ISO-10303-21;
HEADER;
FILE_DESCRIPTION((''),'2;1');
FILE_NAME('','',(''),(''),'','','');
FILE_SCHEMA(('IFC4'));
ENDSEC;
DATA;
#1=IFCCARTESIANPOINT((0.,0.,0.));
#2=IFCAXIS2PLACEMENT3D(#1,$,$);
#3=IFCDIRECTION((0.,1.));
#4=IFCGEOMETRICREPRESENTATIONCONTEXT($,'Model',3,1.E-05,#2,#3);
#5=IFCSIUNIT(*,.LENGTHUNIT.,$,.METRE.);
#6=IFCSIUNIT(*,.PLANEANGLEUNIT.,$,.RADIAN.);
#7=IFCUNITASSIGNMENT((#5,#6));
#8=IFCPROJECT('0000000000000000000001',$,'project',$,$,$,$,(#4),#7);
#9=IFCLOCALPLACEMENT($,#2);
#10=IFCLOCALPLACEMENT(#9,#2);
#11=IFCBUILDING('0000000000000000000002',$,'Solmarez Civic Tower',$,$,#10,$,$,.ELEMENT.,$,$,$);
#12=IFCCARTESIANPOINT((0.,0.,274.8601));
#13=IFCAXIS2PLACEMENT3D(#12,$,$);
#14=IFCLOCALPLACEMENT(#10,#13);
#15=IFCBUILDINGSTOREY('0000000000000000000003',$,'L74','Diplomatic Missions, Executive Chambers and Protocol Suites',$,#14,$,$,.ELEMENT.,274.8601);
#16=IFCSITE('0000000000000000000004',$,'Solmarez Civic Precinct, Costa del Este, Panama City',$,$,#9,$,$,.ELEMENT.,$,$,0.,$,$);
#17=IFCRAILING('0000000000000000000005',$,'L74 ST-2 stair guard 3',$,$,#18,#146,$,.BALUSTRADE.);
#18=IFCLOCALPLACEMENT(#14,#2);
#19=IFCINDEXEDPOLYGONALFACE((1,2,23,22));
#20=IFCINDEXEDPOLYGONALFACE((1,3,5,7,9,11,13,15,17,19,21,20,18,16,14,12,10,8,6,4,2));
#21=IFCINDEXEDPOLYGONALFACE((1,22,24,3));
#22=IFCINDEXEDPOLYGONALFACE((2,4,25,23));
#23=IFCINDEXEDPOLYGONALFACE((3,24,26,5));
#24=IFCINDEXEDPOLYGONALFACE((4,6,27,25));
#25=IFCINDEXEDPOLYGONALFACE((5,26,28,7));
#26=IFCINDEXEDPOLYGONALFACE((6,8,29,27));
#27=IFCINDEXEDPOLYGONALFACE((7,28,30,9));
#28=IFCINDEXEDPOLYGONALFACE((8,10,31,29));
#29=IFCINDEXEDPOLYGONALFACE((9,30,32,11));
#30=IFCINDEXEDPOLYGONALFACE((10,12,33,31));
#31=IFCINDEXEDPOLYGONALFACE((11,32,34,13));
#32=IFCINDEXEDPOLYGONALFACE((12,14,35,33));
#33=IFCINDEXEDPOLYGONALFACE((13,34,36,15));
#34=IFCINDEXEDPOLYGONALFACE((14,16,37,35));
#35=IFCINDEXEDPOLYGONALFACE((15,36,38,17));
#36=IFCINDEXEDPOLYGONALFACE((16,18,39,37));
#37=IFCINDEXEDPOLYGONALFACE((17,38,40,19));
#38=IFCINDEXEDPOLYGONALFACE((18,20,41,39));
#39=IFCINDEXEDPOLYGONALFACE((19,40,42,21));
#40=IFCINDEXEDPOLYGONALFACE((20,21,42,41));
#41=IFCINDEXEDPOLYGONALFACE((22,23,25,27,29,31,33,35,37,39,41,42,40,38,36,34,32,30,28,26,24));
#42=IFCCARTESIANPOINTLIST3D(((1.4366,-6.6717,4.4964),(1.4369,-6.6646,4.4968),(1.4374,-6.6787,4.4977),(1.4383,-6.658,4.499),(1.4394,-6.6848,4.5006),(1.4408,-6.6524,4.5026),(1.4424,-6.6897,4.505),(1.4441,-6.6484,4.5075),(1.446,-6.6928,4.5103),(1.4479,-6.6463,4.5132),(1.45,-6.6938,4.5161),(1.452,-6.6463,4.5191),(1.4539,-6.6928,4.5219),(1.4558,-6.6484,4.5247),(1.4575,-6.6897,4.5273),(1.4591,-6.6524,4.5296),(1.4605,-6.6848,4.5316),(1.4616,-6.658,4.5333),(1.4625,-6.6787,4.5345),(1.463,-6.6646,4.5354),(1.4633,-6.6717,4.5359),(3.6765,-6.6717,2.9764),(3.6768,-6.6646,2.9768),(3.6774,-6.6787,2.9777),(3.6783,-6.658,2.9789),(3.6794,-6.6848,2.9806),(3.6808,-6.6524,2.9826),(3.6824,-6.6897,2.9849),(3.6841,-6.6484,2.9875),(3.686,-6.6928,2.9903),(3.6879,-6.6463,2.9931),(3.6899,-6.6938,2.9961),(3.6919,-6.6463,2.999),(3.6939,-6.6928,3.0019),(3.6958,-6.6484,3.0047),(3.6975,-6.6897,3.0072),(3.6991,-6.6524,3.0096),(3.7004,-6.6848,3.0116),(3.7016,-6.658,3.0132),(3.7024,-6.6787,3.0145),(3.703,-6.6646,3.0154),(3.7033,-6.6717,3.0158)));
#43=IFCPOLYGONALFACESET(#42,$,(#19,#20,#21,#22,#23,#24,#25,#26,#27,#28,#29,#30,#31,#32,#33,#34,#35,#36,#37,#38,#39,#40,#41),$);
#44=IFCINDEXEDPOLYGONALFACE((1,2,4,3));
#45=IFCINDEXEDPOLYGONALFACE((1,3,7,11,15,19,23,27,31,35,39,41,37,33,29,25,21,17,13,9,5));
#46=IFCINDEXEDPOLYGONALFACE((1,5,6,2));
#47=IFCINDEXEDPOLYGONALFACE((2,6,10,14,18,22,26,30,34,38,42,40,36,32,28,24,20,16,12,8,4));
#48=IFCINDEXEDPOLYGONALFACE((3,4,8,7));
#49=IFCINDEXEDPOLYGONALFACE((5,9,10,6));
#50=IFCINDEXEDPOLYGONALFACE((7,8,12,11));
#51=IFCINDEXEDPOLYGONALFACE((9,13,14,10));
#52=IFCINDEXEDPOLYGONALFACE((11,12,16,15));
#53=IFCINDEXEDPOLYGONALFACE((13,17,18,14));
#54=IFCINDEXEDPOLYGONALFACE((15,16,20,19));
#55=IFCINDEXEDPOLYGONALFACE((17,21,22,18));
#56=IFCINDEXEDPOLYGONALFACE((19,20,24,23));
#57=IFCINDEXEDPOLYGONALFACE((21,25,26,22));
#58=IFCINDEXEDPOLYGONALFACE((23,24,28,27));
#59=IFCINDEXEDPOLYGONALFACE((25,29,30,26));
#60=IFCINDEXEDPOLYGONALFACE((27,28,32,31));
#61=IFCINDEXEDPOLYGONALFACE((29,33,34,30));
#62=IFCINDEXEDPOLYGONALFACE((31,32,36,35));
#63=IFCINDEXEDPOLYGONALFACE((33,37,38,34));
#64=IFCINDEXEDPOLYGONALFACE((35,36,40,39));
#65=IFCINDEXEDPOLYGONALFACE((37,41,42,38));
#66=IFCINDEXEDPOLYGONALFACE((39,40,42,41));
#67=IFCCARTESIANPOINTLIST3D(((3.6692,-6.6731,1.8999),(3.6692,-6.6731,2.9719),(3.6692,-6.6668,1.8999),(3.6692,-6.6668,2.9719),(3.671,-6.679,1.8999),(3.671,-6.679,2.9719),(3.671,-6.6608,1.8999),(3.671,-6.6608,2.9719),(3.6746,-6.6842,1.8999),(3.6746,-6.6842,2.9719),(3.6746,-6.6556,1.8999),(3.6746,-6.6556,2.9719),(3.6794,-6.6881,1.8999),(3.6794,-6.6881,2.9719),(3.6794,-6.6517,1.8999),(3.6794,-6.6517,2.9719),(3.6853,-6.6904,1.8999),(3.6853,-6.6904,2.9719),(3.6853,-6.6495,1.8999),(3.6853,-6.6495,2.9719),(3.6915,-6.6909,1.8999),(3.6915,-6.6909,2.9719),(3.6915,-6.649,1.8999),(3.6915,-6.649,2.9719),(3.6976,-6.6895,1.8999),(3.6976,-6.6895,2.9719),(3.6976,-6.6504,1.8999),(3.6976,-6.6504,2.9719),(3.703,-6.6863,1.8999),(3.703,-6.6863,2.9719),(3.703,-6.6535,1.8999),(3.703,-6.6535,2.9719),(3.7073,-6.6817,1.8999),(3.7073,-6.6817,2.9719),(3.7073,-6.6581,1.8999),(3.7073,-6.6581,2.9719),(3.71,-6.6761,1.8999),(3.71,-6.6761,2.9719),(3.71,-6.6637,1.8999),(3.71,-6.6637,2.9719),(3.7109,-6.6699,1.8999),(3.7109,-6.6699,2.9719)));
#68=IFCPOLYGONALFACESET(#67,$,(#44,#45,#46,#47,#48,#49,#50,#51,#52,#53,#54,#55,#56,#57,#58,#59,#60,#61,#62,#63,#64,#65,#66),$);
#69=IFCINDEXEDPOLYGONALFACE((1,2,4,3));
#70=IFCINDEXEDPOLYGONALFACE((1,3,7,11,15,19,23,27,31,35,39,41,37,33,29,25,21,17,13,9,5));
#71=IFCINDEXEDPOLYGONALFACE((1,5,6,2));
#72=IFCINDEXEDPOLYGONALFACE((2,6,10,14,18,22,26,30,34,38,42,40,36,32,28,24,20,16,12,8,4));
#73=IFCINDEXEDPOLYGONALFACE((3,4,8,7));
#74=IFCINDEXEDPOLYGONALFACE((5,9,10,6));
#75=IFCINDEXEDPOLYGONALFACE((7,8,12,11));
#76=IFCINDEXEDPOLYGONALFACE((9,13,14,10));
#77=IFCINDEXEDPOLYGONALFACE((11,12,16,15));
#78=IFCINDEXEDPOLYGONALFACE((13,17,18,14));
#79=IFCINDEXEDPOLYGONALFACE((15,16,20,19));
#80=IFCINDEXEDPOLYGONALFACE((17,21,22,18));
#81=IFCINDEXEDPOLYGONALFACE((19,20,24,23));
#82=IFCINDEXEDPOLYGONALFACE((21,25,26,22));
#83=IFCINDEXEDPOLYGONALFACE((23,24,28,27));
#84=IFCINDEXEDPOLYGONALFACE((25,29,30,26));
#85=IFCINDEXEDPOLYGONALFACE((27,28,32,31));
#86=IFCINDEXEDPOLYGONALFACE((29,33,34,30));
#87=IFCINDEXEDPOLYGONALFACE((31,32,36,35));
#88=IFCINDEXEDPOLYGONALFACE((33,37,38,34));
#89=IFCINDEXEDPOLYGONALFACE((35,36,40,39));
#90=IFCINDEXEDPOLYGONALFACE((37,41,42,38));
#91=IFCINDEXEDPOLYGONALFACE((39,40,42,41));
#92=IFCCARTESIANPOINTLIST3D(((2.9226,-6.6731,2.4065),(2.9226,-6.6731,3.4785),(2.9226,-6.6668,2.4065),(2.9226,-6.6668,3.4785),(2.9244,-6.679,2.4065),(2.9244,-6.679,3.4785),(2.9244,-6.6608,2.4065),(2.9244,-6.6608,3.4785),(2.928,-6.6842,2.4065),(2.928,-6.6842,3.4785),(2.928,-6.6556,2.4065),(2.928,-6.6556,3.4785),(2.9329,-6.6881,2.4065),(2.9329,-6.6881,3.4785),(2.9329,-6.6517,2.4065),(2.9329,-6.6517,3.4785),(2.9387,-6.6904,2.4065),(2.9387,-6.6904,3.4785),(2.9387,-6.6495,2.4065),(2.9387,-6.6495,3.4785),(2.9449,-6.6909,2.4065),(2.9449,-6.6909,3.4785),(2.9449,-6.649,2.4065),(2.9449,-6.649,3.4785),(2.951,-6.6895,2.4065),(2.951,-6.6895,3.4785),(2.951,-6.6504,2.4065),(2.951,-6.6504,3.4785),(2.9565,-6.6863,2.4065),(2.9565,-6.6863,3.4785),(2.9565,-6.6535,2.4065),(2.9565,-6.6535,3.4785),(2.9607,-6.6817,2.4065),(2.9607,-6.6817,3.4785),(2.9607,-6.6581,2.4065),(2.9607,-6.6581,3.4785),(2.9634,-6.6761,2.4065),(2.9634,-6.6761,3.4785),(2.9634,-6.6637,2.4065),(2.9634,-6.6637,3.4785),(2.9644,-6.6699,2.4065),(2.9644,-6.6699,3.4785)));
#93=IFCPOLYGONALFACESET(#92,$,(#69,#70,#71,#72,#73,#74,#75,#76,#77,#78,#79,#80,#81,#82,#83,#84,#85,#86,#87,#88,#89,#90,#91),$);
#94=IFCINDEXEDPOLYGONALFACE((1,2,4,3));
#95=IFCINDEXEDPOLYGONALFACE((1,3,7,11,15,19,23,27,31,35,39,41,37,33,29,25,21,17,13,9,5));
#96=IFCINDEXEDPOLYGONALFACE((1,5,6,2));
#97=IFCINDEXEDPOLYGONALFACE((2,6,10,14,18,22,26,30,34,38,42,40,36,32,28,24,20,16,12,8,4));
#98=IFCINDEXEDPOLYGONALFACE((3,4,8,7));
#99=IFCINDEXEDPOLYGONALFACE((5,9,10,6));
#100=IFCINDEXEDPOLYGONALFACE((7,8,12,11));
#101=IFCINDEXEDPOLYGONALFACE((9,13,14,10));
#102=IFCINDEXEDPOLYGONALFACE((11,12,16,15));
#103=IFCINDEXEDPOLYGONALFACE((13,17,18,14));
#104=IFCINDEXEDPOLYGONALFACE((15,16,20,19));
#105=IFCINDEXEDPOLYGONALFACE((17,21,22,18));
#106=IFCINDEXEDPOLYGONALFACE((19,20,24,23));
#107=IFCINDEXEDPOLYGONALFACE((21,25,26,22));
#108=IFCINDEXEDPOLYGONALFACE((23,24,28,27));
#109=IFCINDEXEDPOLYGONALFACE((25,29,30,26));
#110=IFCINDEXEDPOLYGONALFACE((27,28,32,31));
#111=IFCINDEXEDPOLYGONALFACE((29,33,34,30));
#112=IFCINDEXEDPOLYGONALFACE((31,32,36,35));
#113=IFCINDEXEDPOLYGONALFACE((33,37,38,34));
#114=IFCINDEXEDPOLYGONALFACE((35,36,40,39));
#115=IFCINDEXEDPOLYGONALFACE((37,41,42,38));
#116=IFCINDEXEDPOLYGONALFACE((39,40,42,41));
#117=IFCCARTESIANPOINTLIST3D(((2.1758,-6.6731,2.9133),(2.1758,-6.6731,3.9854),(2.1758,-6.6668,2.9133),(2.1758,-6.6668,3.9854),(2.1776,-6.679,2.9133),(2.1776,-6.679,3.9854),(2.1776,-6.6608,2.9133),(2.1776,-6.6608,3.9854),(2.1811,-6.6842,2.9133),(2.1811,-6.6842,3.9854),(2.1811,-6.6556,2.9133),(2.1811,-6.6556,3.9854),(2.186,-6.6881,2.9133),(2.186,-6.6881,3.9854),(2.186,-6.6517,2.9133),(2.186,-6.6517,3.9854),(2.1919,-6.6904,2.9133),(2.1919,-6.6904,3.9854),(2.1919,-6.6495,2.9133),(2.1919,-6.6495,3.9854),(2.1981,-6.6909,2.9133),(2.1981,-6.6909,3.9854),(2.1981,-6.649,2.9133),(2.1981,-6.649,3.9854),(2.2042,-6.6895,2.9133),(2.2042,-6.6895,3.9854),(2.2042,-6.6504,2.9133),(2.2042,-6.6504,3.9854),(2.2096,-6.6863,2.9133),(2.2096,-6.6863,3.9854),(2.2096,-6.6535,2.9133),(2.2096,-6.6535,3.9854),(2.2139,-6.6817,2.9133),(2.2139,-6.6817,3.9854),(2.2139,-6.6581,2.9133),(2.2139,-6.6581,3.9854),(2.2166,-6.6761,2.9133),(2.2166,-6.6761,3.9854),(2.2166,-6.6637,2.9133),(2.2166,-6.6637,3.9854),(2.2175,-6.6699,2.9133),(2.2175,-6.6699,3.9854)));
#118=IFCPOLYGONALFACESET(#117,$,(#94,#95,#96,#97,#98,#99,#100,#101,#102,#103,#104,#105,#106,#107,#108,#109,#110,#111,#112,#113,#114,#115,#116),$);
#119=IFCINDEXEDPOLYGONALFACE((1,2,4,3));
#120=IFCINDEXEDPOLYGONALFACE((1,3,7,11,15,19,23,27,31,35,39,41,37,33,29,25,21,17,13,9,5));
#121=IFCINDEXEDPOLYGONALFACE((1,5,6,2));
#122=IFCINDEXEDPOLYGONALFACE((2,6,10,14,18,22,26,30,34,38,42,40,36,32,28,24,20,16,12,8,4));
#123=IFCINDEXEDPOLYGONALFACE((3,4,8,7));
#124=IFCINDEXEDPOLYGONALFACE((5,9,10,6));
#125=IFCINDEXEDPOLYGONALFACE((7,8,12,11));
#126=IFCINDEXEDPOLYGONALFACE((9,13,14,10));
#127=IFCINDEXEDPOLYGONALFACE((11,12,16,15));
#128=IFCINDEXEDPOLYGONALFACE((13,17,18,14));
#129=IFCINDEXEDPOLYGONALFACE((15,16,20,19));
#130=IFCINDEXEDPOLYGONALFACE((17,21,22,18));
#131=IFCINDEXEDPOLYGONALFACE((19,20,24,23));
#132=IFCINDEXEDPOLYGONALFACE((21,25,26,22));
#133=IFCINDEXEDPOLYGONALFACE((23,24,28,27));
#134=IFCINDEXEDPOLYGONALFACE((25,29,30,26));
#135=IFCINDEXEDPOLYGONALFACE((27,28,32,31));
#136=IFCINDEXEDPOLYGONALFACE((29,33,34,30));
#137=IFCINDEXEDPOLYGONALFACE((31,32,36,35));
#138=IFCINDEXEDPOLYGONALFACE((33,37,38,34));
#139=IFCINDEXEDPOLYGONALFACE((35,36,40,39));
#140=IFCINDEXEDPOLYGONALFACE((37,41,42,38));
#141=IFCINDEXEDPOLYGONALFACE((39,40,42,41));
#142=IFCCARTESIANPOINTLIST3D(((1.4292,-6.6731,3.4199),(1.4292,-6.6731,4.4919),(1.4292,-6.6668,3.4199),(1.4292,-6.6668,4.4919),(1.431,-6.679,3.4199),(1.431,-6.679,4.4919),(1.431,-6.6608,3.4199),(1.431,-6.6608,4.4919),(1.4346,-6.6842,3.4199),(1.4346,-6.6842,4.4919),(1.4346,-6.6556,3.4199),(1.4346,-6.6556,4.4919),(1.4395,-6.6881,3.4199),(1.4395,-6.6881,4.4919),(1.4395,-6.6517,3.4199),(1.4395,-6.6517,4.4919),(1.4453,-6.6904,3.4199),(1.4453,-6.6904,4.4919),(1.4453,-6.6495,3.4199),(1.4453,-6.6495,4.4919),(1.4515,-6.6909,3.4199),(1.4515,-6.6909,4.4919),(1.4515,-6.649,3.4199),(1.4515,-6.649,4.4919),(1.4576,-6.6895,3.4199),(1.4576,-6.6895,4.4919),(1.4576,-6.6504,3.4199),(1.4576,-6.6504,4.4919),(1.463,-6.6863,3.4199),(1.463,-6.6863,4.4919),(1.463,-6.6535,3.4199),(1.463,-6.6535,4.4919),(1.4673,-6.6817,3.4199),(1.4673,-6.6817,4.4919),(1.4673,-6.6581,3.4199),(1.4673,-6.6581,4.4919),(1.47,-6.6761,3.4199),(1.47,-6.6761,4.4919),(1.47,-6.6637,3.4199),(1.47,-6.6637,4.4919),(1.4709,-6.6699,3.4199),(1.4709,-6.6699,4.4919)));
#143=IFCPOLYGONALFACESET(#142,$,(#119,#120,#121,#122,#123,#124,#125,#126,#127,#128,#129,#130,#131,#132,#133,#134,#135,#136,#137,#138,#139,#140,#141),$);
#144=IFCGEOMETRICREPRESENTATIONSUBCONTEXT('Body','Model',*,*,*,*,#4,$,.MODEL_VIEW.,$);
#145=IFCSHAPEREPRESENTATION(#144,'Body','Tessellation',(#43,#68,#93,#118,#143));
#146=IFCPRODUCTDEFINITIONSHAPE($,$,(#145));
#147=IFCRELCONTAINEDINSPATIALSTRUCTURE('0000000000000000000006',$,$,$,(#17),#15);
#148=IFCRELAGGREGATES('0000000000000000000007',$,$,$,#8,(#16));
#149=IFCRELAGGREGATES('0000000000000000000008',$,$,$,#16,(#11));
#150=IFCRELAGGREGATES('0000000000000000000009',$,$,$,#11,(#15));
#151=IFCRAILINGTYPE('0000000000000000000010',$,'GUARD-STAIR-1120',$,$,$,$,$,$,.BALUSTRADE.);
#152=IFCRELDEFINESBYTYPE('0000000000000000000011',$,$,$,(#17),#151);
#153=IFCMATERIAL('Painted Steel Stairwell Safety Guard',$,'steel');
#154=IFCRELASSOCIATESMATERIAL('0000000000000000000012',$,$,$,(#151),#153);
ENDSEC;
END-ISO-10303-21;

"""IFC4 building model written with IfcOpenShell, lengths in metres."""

from ifc_helpers import new_model, si_unit, direction, frame, origin, origin_2d, place, context, subcontext, project, spatial, circle, extrude, material, type_object, element, save


model = new_model("IFC4")

# Units and contexts
model_context = context("Model", 3, precision=1e-05, world=origin(), true_north=direction((0.0, 1.0)))
body_context = subcontext(model_context, "Body", "Model", "MODEL_VIEW")
ifc_project = project(units=[si_unit("LENGTHUNIT", "METRE"), si_unit("PLANEANGLEUNIT", "RADIAN")], contexts=[model_context])

# Site, building, storey
site_placement = place(None, origin())
site = spatial("IfcSite", under=ifc_project, at=site_placement, Name="Solmarez Civic Precinct, Costa del Este, Panama City", CompositionType="ELEMENT", RefElevation=0.0)
building_placement = place(site_placement, origin())
building = spatial("IfcBuilding", under=site, at=building_placement, Name="Solmarez Civic Tower", CompositionType="ELEMENT")
storey_placement = place(building_placement, frame((0.0, 0.0, 274.8601)))
storey = spatial("IfcBuildingStorey", under=building, at=storey_placement, Name="L74", Description="Diplomatic Missions, Executive Chambers and Protocol Suites", CompositionType="ELEMENT", Elevation=274.8601)

# Railing
ifc_material_1 = material(Name="Painted Steel Stairwell Safety Guard", Category="steel")
railing_type_1 = type_object("IfcRailingType", Name="GUARD-STAIR-1120", PredefinedType="BALUSTRADE", material=ifc_material_1)
railing_1_placement = place(storey_placement, frame((3.6899, -6.6699, 1.8999)))
element("IfcRailing", 1, at=railing_1_placement, inside=storey, type_object=railing_type_1, Name="L74 ST-2 stair guard 3", PredefinedType="BALUSTRADE", context=body_context, shape_type="SweptSolid", body=[
    extrude(circle(Radius=0.0239, at=origin_2d()), frame((0.0, 0.0, 1.0962), z_axis=(-0.827471, 0.0, 0.561508), x_axis=(0.0, -1.0, 0.0)), (0.0, 0.0, 1.0), 2.707),
    extrude(circle(Radius=0.021, at=origin_2d()), origin(), (0.0, 0.0, 1.0), 1.072),
    extrude(circle(Radius=0.021, at=origin_2d()), frame((-0.7466, 0.0, 0.5066)), (0.0, 0.0, 1.0), 1.072),
    extrude(circle(Radius=0.021, at=origin_2d()), frame((-1.4934, 0.0, 1.0134)), (0.0, 0.0, 1.0), 1.072),
    extrude(circle(Radius=0.021, at=origin_2d()), frame((-2.24, 0.0, 1.52)), (0.0, 0.0, 1.0), 1.072),
])

save(model, "model.ifc")
